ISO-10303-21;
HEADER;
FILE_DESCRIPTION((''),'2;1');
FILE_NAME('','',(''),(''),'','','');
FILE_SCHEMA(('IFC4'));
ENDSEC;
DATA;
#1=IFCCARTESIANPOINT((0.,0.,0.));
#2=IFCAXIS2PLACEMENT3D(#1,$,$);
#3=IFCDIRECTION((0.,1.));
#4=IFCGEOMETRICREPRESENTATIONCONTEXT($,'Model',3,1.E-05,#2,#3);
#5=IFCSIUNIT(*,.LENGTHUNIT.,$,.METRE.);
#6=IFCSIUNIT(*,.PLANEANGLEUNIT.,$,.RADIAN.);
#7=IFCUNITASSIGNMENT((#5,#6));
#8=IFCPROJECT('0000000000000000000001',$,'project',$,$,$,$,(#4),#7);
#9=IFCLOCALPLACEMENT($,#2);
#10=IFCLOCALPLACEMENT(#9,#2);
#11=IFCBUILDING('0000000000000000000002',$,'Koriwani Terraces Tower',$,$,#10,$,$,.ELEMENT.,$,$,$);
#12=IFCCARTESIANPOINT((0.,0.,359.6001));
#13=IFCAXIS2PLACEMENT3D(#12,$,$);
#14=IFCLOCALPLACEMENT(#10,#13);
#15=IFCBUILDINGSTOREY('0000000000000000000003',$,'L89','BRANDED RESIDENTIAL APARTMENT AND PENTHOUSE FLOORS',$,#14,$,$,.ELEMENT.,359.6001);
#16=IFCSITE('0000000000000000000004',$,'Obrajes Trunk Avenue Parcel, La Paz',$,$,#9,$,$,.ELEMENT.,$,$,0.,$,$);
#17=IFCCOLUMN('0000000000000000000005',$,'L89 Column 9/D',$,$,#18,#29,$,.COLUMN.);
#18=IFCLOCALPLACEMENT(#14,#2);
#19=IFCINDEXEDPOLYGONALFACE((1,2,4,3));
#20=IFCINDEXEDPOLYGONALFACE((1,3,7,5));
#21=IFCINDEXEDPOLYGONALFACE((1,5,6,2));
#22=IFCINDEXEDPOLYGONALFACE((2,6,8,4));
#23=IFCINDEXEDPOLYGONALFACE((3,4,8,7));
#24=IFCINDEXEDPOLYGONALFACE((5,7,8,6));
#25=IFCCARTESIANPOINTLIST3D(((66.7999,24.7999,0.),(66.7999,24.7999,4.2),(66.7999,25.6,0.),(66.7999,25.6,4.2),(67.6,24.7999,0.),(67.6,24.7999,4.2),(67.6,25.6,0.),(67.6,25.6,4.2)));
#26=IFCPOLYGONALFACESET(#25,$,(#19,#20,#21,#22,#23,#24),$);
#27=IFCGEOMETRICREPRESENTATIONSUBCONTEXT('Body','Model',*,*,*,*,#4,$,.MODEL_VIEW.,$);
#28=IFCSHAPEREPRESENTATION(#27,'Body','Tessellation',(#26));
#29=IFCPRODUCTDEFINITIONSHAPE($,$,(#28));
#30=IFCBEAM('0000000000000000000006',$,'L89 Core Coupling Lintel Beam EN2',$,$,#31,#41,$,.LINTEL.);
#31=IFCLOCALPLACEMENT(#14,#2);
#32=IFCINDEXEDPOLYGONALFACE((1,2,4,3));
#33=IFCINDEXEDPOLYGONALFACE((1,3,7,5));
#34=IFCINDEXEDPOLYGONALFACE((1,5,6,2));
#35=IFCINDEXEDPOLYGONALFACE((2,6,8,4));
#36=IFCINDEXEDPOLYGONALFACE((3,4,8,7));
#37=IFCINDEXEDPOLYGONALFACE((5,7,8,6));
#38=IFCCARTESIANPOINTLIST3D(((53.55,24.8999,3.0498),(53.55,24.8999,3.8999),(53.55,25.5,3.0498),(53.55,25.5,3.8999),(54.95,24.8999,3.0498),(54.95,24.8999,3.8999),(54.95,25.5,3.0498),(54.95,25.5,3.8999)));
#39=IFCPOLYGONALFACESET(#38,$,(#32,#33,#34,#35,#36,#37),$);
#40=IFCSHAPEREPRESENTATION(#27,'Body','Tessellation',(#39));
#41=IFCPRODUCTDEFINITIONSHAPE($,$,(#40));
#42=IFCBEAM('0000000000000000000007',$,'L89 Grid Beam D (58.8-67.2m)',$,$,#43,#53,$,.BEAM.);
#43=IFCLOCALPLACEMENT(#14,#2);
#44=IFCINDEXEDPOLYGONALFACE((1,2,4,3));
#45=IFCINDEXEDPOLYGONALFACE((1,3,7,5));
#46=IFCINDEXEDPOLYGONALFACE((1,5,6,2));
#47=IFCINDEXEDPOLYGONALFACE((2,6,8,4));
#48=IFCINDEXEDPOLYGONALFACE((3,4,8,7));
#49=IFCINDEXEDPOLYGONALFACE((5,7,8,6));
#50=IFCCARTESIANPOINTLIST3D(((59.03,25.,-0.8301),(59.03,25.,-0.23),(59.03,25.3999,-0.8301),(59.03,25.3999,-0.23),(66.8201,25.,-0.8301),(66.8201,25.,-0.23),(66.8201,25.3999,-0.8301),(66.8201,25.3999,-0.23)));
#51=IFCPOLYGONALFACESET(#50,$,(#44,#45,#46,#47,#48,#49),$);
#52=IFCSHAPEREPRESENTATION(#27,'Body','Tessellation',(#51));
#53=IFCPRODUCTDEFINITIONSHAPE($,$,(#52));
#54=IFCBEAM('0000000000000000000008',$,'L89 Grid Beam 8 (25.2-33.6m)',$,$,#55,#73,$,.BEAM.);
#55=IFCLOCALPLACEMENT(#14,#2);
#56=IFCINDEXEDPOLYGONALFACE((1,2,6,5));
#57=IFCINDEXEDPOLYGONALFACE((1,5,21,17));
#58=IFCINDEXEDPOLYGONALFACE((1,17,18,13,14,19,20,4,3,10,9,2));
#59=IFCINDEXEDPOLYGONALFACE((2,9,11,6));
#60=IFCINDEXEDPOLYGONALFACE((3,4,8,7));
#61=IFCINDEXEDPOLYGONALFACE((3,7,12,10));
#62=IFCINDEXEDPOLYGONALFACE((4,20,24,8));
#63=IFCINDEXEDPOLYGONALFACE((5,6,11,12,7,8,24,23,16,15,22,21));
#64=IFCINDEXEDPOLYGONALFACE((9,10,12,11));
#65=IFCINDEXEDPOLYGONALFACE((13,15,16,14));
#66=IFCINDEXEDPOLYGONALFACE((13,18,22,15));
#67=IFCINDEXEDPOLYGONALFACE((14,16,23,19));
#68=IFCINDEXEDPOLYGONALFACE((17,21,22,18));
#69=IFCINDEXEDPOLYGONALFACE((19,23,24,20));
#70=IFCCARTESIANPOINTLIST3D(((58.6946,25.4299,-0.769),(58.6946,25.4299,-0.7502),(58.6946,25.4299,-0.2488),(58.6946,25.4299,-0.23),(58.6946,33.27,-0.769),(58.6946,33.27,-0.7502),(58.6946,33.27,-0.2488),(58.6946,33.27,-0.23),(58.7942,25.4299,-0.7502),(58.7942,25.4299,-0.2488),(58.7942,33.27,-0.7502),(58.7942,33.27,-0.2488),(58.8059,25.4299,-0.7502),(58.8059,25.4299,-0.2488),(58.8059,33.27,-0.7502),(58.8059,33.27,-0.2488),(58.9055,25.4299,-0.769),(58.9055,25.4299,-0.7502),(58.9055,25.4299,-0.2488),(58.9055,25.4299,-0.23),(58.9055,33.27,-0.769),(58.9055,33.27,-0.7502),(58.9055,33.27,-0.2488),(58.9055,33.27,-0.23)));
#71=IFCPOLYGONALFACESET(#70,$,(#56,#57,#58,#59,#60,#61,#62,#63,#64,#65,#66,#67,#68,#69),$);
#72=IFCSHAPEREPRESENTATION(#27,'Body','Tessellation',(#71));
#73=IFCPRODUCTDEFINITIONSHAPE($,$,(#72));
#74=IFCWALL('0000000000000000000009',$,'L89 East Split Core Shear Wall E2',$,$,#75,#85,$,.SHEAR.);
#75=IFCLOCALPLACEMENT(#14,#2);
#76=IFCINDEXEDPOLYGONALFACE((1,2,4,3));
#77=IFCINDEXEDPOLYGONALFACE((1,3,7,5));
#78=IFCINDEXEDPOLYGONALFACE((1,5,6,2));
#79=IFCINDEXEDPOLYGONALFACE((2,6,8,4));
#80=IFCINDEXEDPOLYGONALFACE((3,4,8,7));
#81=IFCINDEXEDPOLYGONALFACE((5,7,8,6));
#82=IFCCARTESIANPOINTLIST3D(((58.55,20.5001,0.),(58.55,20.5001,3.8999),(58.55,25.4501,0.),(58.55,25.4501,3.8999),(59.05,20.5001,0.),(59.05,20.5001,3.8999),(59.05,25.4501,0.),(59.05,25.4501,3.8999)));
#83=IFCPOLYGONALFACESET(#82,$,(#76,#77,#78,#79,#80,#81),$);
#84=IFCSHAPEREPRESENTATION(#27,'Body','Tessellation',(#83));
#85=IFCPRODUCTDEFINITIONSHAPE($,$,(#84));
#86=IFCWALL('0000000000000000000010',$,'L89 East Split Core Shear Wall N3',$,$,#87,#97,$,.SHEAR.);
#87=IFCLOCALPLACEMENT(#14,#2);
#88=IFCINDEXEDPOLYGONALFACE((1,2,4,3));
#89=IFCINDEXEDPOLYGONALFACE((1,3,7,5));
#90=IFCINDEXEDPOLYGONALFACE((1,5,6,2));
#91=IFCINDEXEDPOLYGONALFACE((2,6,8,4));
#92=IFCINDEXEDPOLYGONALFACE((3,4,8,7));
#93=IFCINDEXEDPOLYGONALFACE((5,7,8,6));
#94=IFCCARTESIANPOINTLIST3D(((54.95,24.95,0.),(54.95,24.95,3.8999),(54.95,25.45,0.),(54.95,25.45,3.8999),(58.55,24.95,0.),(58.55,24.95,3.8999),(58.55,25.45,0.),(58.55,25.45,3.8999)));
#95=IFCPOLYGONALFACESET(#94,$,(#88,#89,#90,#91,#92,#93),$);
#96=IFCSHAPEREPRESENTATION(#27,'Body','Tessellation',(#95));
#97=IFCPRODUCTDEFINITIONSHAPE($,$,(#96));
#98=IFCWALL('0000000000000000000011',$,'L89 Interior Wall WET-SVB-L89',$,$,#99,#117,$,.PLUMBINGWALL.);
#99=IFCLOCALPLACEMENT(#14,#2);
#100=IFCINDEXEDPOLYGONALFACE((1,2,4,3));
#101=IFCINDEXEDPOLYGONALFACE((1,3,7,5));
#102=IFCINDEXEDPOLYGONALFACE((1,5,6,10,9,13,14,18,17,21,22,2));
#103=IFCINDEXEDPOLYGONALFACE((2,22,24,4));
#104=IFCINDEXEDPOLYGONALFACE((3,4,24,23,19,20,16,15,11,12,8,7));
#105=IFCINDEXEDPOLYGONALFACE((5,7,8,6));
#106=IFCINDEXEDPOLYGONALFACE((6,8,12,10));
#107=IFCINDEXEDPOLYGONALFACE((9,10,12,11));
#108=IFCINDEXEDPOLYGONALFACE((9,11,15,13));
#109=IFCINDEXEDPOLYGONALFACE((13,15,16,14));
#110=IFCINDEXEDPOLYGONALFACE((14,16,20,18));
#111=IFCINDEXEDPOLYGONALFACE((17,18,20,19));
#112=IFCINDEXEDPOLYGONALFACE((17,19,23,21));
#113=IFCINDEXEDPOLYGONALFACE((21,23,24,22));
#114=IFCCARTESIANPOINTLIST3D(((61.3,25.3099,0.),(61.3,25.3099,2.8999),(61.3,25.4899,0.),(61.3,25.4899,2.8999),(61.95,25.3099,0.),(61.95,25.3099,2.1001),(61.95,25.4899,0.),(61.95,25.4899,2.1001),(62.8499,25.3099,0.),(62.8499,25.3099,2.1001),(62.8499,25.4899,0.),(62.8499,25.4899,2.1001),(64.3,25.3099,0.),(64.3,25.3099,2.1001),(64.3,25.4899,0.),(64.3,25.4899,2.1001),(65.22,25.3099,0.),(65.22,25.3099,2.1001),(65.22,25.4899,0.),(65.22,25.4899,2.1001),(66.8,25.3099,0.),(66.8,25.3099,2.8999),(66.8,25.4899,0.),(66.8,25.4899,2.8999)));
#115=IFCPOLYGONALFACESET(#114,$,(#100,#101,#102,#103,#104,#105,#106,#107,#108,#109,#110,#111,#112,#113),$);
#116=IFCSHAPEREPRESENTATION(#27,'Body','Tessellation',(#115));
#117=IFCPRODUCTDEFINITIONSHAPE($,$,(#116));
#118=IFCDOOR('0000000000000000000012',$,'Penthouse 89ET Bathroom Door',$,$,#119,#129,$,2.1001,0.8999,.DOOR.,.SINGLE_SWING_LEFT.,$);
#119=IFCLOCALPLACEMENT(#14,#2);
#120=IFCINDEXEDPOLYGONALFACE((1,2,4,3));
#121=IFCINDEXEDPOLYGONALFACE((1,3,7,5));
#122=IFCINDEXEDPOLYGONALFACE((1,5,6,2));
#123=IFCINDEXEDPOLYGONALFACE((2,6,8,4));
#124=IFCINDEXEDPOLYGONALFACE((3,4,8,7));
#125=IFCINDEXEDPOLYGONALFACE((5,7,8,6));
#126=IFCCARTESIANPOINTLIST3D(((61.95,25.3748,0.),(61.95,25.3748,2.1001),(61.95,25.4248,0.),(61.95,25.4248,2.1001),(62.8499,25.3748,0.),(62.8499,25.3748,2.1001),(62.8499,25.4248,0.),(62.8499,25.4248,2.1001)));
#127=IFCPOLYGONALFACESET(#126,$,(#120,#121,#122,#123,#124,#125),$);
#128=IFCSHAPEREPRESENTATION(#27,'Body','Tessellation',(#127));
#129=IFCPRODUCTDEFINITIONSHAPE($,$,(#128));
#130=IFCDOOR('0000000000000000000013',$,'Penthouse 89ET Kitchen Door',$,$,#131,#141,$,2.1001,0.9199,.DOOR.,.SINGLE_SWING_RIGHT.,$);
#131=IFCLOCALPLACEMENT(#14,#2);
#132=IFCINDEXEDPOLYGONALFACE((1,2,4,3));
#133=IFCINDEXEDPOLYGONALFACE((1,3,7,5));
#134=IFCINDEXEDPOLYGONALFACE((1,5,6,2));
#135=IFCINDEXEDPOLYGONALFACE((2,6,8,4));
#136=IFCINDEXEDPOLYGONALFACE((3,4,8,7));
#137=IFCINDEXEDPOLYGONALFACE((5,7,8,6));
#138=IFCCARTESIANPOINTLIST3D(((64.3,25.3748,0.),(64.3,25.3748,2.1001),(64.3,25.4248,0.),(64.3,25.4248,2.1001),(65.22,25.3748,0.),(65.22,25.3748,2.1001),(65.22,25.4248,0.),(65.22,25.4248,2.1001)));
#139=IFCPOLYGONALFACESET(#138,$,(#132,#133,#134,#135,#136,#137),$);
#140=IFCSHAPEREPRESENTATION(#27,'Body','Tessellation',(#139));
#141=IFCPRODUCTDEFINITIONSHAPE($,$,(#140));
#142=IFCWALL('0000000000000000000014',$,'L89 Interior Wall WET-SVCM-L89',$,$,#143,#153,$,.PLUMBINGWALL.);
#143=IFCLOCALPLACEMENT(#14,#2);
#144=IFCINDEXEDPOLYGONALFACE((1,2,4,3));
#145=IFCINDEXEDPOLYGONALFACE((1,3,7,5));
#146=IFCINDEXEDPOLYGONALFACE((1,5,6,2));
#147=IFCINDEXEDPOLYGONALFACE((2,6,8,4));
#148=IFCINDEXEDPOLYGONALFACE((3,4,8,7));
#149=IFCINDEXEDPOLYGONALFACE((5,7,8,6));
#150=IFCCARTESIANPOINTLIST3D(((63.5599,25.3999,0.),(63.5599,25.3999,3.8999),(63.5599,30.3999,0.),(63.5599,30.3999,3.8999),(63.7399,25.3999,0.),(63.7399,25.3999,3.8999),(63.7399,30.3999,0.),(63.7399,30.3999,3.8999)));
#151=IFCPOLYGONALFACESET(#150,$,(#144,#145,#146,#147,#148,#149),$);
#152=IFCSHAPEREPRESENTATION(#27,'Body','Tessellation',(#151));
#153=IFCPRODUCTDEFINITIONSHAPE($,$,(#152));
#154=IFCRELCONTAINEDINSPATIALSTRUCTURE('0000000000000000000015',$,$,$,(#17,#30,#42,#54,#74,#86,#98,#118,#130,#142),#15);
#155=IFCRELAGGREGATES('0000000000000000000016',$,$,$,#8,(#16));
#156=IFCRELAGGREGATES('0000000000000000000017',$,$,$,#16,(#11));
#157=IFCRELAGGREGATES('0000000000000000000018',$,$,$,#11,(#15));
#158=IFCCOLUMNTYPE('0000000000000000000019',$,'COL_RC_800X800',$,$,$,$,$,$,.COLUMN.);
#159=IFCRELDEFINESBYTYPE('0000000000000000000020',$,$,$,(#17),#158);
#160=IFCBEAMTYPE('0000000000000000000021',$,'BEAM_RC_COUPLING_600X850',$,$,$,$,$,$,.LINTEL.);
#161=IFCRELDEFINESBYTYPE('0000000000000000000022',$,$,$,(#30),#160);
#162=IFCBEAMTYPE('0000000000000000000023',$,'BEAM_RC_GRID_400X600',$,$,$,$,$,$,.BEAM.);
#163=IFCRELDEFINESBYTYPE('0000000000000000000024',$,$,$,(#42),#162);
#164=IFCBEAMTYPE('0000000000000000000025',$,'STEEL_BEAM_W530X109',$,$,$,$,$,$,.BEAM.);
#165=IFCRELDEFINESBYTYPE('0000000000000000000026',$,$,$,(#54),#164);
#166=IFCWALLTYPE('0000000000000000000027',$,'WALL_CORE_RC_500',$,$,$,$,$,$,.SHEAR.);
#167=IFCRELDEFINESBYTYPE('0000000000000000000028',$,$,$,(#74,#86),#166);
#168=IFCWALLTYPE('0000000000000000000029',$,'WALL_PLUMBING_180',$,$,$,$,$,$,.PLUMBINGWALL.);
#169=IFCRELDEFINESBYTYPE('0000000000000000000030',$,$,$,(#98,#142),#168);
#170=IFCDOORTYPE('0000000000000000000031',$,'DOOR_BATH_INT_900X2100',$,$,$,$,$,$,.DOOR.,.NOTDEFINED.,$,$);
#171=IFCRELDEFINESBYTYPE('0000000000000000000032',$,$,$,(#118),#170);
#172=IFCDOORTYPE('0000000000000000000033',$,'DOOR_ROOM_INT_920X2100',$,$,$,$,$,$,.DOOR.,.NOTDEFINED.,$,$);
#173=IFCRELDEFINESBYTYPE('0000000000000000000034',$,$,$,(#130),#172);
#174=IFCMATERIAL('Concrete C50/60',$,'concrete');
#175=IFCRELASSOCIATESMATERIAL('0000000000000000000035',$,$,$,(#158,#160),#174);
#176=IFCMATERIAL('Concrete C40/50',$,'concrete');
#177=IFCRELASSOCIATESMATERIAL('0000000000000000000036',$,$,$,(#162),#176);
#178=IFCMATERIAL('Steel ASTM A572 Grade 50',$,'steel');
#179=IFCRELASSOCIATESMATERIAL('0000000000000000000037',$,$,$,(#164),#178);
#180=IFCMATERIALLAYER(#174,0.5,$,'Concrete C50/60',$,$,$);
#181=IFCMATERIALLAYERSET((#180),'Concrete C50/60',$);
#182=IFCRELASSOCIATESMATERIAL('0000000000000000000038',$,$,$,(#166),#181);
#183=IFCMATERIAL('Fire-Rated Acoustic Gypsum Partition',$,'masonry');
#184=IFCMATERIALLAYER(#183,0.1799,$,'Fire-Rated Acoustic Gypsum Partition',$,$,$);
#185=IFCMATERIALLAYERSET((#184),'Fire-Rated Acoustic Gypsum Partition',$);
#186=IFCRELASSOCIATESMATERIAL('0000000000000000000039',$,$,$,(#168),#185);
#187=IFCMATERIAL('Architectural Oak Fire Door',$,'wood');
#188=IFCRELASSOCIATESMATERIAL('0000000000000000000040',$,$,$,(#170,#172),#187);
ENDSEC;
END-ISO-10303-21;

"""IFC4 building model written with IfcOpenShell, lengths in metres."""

from ifc_helpers import new_model, si_unit, direction, frame, frame_2d, origin, origin_2d, place, context, subcontext, project, spatial, rectangle, i_section, extrude, material, layer, layer_set, material_profile, profile_set, type_object, element, fill, save


model = new_model("IFC4")

# Units and contexts
model_context = context("Model", 3, precision=1e-05, world=origin(), true_north=direction((0.0, 1.0)))
body_context = subcontext(model_context, "Body", "Model", "MODEL_VIEW")
ifc_project = project(units=[si_unit("LENGTHUNIT", "METRE"), si_unit("PLANEANGLEUNIT", "RADIAN")], contexts=[model_context])

# Site, building, storey
site_placement = place(None, origin())
site = spatial("IfcSite", under=ifc_project, at=site_placement, Name="Obrajes Trunk Avenue Parcel, La Paz", CompositionType="ELEMENT", RefElevation=0.0)
building_placement = place(site_placement, origin())
building = spatial("IfcBuilding", under=site, at=building_placement, Name="Koriwani Terraces Tower", CompositionType="ELEMENT")
storey_placement = place(building_placement, frame((0.0, 0.0, 359.6001)))
storey = spatial("IfcBuildingStorey", under=building, at=storey_placement, Name="L89", Description="BRANDED RESIDENTIAL APARTMENT AND PENTHOUSE FLOORS", CompositionType="ELEMENT", Elevation=359.6001)

# Column
ifc_material_1 = material(Name="Concrete C50/60", Category="concrete")
ifc_material_profile_1 = material_profile(ifc_material_1, rectangle(XDim=0.8, YDim=0.8, at=origin_2d()), Name="Concrete C50/60", Category="LoadBearing")
ifc_profile_set_1 = profile_set([ifc_material_profile_1], Name="Concrete C50/60")
column_type = type_object("IfcColumnType", Name="COL_RC_800X800", PredefinedType="COLUMN", material=ifc_profile_set_1)
column_placement = place(storey_placement, frame((67.2, 25.2, 0.0), z_axis=(0.0, 0.0, 1.0), x_axis=(1.0, 0.0, 0.0)))
element("IfcColumn", 1, at=column_placement, inside=storey, type_object=column_type, Name="L89 Column 9/D", PredefinedType="COLUMN", context=body_context, shape_type="SweptSolid", body=[
    extrude(rectangle(XDim=0.8, YDim=0.8, at=origin_2d()), origin(), (0.0, 0.0, 1.0), 4.2),
])

# Beams
ifc_material_profile_2 = material_profile(ifc_material_1, rectangle(XDim=0.6001, YDim=0.8501, at=origin_2d()), Name="Concrete C50/60", Category="LoadBearing")
ifc_profile_set_2 = profile_set([ifc_material_profile_2], Name="Concrete C50/60")
beam_type_1 = type_object("IfcBeamType", Name="BEAM_RC_COUPLING_600X850", PredefinedType="LINTEL", material=ifc_profile_set_2)
beam_1_placement = place(storey_placement, frame((53.55, 25.2, 3.4749), z_axis=(1.0, 0.0, 0.0), x_axis=(0.0, 1.0, 0.0)))
element("IfcBeam", 2, at=beam_1_placement, inside=storey, type_object=beam_type_1, Name="L89 Core Coupling Lintel Beam EN2", PredefinedType="LINTEL", context=body_context, shape_type="SweptSolid", body=[
    extrude(rectangle(XDim=0.6001, YDim=0.8501, at=origin_2d()), origin(), (0.0, 0.0, 1.0), 1.3999),
])
ifc_material_2 = material(Name="Concrete C40/50", Category="concrete")
ifc_material_profile_3 = material_profile(ifc_material_2, rectangle(XDim=0.3999, YDim=0.6001, at=origin_2d()), Name="Concrete C40/50", Category="LoadBearing")
ifc_profile_set_3 = profile_set([ifc_material_profile_3], Name="Concrete C40/50")
beam_type_2 = type_object("IfcBeamType", Name="BEAM_RC_GRID_400X600", PredefinedType="BEAM", material=ifc_profile_set_3)
beam_2_placement = place(storey_placement, frame((59.03, 25.2, -0.53), z_axis=(1.0, 0.0, 0.0), x_axis=(0.0, 1.0, 0.0)))
element("IfcBeam", 3, at=beam_2_placement, inside=storey, type_object=beam_type_2, Name="L89 Grid Beam D (58.8-67.2m)", PredefinedType="BEAM", context=body_context, shape_type="SweptSolid", body=[
    extrude(rectangle(XDim=0.3999, YDim=0.6001, at=origin_2d()), origin(), (0.0, 0.0, 1.0), 7.79),
])
ifc_material_3 = material(Name="Steel ASTM A572 Grade 50", Category="steel")
ifc_material_profile_4 = material_profile(ifc_material_3, i_section(OverallWidth=0.2109, OverallDepth=0.5391, WebThickness=0.0117, FlangeThickness=0.0188, at=origin_2d()), Name="Steel ASTM A572 Grade 50", Category="LoadBearing")
ifc_profile_set_4 = profile_set([ifc_material_profile_4], Name="Steel ASTM A572 Grade 50")
beam_type_3 = type_object("IfcBeamType", Name="STEEL_BEAM_W530X109", PredefinedType="BEAM", material=ifc_profile_set_4)
beam_3_placement = place(storey_placement, frame((58.8, 25.4299, -0.4995), z_axis=(0.0, 1.0, 0.0), x_axis=(-1.0, 0.0, 0.0)))
element("IfcBeam", 4, at=beam_3_placement, inside=storey, type_object=beam_type_3, Name="L89 Grid Beam 8 (25.2-33.6m)", PredefinedType="BEAM", context=body_context, shape_type="SweptSolid", body=[
    extrude(i_section(OverallWidth=0.2109, OverallDepth=0.5391, WebThickness=0.0117, FlangeThickness=0.0188, at=origin_2d()), origin(), (0.0, 0.0, 1.0), 7.8401),
])

# Walls
ifc_layer_1 = layer(ifc_material_1, 0.5, Name="Concrete C50/60")
ifc_layer_set_1 = layer_set([ifc_layer_1], Name="Concrete C50/60")
wall_type_1 = type_object("IfcWallType", Name="WALL_CORE_RC_500", PredefinedType="SHEAR", material=ifc_layer_set_1)
wall_1_placement = place(storey_placement, frame((58.8, 20.5, 0.0), z_axis=(0.0, 0.0, 1.0), x_axis=(0.0, 1.0, 0.0)))
element("IfcWall", 5, at=wall_1_placement, inside=storey, type_object=wall_type_1, Name="L89 East Split Core Shear Wall E2", PredefinedType="SHEAR", context=body_context, shape_type="SweptSolid", body=[
    extrude(rectangle(XDim=4.95, YDim=0.5, at=frame_2d((2.4751, 0.0))), origin(), (0.0, 0.0, 1.0), 3.8999),
])
wall_2_placement = place(storey_placement, frame((54.95, 25.2, 0.0), z_axis=(0.0, 0.0, 1.0), x_axis=(1.0, 0.0, 0.0)))
element("IfcWall", 6, at=wall_2_placement, inside=storey, type_object=wall_type_1, Name="L89 East Split Core Shear Wall N3", PredefinedType="SHEAR", context=body_context, shape_type="SweptSolid", body=[
    extrude(rectangle(XDim=3.6001, YDim=0.5, at=frame_2d((1.8, 0.0))), origin(), (0.0, 0.0, 1.0), 3.8999),
])

# Wall, openings, doors
ifc_material_4 = material(Name="Fire-Rated Acoustic Gypsum Partition", Category="masonry")
ifc_layer_2 = layer(ifc_material_4, 0.1799, Name="Fire-Rated Acoustic Gypsum Partition")
ifc_layer_set_2 = layer_set([ifc_layer_2], Name="Fire-Rated Acoustic Gypsum Partition")
wall_type_2 = type_object("IfcWallType", Name="WALL_PLUMBING_180", PredefinedType="PLUMBINGWALL", material=ifc_layer_set_2)
wall_3_placement = place(storey_placement, frame((61.3, 25.3999, 0.0), z_axis=(0.0, 0.0, 1.0), x_axis=(1.0, 0.0, 0.0)))
wall_3 = element("IfcWall", 7, at=wall_3_placement, inside=storey, type_object=wall_type_2, Name="L89 Interior Wall WET-SVB-L89", PredefinedType="PLUMBINGWALL", context=body_context, shape_type="SweptSolid", body=[
    extrude(rectangle(XDim=5.5, YDim=0.1799, at=frame_2d((2.75, 0.0))), origin(), (0.0, 0.0, 1.0), 2.8999),
])
opening_1_placement = place(wall_3_placement, frame((0.6499, 0.0, 0.0)))
opening_1 = element("IfcOpeningElement", 8, at=opening_1_placement, cuts=wall_3, PredefinedType="OPENING", context=body_context, shape_type="SweptSolid", body=[
    extrude(rectangle(XDim=0.8999, YDim=2.1001, at=frame_2d((0.45, 1.05))), frame((0.0, 0.1001, 0.0), z_axis=(0.0, -1.0, 0.0), x_axis=(1.0, 0.0, 0.0)), (0.0, 0.0, 1.0), 0.2),
])
opening_2_placement = place(wall_3_placement, frame((3.0, 0.0, 0.0)))
opening_2 = element("IfcOpeningElement", 9, at=opening_2_placement, cuts=wall_3, PredefinedType="OPENING", context=body_context, shape_type="SweptSolid", body=[
    extrude(rectangle(XDim=0.9199, YDim=2.1001, at=frame_2d((0.46, 1.05))), frame((0.0, 0.1001, 0.0), z_axis=(0.0, -1.0, 0.0), x_axis=(1.0, 0.0, 0.0)), (0.0, 0.0, 1.0), 0.2),
])
ifc_material_5 = material(Name="Architectural Oak Fire Door", Category="wood")
door_type_1 = type_object("IfcDoorType", Name="DOOR_BATH_INT_900X2100", OperationType="NOTDEFINED", PredefinedType="DOOR", material=ifc_material_5)
door_1_placement = place(opening_1_placement, origin())
door_1 = element("IfcDoor", 10, at=door_1_placement, inside=storey, type_object=door_type_1, Name="Penthouse 89ET Bathroom Door", OperationType="SINGLE_SWING_LEFT", OverallHeight=2.1001, OverallWidth=0.8999, PredefinedType="DOOR", context=body_context, shape_type="SweptSolid", body=[
    extrude(rectangle(XDim=0.8999, YDim=2.1001, at=frame_2d((0.45, 1.05))), frame((0.0, 0.0249, 0.0), z_axis=(0.0, -1.0, 0.0), x_axis=(1.0, 0.0, 0.0)), (0.0, 0.0, 1.0), 0.05),
])
fill(opening_1, door_1)
door_type_2 = type_object("IfcDoorType", Name="DOOR_ROOM_INT_920X2100", OperationType="NOTDEFINED", PredefinedType="DOOR", material=ifc_material_5)
door_2_placement = place(opening_2_placement, origin())
door_2 = element("IfcDoor", 11, at=door_2_placement, inside=storey, type_object=door_type_2, Name="Penthouse 89ET Kitchen Door", OperationType="SINGLE_SWING_RIGHT", OverallHeight=2.1001, OverallWidth=0.9199, PredefinedType="DOOR", context=body_context, shape_type="SweptSolid", body=[
    extrude(rectangle(XDim=0.9199, YDim=2.1001, at=frame_2d((0.46, 1.05))), frame((0.0, 0.0249, 0.0), z_axis=(0.0, -1.0, 0.0), x_axis=(1.0, 0.0, 0.0)), (0.0, 0.0, 1.0), 0.05),
])
fill(opening_2, door_2)

# Wall
wall_4_placement = place(storey_placement, frame((63.6499, 25.3999, 0.0), z_axis=(0.0, 0.0, 1.0), x_axis=(0.0, 1.0, 0.0)))
element("IfcWall", 12, at=wall_4_placement, inside=storey, type_object=wall_type_2, Name="L89 Interior Wall WET-SVCM-L89", PredefinedType="PLUMBINGWALL", context=body_context, shape_type="SweptSolid", body=[
    extrude(rectangle(XDim=5.0, YDim=0.1799, at=frame_2d((2.5, 0.0))), origin(), (0.0, 0.0, 1.0), 3.8999),
])

save(model, "model.ifc")
